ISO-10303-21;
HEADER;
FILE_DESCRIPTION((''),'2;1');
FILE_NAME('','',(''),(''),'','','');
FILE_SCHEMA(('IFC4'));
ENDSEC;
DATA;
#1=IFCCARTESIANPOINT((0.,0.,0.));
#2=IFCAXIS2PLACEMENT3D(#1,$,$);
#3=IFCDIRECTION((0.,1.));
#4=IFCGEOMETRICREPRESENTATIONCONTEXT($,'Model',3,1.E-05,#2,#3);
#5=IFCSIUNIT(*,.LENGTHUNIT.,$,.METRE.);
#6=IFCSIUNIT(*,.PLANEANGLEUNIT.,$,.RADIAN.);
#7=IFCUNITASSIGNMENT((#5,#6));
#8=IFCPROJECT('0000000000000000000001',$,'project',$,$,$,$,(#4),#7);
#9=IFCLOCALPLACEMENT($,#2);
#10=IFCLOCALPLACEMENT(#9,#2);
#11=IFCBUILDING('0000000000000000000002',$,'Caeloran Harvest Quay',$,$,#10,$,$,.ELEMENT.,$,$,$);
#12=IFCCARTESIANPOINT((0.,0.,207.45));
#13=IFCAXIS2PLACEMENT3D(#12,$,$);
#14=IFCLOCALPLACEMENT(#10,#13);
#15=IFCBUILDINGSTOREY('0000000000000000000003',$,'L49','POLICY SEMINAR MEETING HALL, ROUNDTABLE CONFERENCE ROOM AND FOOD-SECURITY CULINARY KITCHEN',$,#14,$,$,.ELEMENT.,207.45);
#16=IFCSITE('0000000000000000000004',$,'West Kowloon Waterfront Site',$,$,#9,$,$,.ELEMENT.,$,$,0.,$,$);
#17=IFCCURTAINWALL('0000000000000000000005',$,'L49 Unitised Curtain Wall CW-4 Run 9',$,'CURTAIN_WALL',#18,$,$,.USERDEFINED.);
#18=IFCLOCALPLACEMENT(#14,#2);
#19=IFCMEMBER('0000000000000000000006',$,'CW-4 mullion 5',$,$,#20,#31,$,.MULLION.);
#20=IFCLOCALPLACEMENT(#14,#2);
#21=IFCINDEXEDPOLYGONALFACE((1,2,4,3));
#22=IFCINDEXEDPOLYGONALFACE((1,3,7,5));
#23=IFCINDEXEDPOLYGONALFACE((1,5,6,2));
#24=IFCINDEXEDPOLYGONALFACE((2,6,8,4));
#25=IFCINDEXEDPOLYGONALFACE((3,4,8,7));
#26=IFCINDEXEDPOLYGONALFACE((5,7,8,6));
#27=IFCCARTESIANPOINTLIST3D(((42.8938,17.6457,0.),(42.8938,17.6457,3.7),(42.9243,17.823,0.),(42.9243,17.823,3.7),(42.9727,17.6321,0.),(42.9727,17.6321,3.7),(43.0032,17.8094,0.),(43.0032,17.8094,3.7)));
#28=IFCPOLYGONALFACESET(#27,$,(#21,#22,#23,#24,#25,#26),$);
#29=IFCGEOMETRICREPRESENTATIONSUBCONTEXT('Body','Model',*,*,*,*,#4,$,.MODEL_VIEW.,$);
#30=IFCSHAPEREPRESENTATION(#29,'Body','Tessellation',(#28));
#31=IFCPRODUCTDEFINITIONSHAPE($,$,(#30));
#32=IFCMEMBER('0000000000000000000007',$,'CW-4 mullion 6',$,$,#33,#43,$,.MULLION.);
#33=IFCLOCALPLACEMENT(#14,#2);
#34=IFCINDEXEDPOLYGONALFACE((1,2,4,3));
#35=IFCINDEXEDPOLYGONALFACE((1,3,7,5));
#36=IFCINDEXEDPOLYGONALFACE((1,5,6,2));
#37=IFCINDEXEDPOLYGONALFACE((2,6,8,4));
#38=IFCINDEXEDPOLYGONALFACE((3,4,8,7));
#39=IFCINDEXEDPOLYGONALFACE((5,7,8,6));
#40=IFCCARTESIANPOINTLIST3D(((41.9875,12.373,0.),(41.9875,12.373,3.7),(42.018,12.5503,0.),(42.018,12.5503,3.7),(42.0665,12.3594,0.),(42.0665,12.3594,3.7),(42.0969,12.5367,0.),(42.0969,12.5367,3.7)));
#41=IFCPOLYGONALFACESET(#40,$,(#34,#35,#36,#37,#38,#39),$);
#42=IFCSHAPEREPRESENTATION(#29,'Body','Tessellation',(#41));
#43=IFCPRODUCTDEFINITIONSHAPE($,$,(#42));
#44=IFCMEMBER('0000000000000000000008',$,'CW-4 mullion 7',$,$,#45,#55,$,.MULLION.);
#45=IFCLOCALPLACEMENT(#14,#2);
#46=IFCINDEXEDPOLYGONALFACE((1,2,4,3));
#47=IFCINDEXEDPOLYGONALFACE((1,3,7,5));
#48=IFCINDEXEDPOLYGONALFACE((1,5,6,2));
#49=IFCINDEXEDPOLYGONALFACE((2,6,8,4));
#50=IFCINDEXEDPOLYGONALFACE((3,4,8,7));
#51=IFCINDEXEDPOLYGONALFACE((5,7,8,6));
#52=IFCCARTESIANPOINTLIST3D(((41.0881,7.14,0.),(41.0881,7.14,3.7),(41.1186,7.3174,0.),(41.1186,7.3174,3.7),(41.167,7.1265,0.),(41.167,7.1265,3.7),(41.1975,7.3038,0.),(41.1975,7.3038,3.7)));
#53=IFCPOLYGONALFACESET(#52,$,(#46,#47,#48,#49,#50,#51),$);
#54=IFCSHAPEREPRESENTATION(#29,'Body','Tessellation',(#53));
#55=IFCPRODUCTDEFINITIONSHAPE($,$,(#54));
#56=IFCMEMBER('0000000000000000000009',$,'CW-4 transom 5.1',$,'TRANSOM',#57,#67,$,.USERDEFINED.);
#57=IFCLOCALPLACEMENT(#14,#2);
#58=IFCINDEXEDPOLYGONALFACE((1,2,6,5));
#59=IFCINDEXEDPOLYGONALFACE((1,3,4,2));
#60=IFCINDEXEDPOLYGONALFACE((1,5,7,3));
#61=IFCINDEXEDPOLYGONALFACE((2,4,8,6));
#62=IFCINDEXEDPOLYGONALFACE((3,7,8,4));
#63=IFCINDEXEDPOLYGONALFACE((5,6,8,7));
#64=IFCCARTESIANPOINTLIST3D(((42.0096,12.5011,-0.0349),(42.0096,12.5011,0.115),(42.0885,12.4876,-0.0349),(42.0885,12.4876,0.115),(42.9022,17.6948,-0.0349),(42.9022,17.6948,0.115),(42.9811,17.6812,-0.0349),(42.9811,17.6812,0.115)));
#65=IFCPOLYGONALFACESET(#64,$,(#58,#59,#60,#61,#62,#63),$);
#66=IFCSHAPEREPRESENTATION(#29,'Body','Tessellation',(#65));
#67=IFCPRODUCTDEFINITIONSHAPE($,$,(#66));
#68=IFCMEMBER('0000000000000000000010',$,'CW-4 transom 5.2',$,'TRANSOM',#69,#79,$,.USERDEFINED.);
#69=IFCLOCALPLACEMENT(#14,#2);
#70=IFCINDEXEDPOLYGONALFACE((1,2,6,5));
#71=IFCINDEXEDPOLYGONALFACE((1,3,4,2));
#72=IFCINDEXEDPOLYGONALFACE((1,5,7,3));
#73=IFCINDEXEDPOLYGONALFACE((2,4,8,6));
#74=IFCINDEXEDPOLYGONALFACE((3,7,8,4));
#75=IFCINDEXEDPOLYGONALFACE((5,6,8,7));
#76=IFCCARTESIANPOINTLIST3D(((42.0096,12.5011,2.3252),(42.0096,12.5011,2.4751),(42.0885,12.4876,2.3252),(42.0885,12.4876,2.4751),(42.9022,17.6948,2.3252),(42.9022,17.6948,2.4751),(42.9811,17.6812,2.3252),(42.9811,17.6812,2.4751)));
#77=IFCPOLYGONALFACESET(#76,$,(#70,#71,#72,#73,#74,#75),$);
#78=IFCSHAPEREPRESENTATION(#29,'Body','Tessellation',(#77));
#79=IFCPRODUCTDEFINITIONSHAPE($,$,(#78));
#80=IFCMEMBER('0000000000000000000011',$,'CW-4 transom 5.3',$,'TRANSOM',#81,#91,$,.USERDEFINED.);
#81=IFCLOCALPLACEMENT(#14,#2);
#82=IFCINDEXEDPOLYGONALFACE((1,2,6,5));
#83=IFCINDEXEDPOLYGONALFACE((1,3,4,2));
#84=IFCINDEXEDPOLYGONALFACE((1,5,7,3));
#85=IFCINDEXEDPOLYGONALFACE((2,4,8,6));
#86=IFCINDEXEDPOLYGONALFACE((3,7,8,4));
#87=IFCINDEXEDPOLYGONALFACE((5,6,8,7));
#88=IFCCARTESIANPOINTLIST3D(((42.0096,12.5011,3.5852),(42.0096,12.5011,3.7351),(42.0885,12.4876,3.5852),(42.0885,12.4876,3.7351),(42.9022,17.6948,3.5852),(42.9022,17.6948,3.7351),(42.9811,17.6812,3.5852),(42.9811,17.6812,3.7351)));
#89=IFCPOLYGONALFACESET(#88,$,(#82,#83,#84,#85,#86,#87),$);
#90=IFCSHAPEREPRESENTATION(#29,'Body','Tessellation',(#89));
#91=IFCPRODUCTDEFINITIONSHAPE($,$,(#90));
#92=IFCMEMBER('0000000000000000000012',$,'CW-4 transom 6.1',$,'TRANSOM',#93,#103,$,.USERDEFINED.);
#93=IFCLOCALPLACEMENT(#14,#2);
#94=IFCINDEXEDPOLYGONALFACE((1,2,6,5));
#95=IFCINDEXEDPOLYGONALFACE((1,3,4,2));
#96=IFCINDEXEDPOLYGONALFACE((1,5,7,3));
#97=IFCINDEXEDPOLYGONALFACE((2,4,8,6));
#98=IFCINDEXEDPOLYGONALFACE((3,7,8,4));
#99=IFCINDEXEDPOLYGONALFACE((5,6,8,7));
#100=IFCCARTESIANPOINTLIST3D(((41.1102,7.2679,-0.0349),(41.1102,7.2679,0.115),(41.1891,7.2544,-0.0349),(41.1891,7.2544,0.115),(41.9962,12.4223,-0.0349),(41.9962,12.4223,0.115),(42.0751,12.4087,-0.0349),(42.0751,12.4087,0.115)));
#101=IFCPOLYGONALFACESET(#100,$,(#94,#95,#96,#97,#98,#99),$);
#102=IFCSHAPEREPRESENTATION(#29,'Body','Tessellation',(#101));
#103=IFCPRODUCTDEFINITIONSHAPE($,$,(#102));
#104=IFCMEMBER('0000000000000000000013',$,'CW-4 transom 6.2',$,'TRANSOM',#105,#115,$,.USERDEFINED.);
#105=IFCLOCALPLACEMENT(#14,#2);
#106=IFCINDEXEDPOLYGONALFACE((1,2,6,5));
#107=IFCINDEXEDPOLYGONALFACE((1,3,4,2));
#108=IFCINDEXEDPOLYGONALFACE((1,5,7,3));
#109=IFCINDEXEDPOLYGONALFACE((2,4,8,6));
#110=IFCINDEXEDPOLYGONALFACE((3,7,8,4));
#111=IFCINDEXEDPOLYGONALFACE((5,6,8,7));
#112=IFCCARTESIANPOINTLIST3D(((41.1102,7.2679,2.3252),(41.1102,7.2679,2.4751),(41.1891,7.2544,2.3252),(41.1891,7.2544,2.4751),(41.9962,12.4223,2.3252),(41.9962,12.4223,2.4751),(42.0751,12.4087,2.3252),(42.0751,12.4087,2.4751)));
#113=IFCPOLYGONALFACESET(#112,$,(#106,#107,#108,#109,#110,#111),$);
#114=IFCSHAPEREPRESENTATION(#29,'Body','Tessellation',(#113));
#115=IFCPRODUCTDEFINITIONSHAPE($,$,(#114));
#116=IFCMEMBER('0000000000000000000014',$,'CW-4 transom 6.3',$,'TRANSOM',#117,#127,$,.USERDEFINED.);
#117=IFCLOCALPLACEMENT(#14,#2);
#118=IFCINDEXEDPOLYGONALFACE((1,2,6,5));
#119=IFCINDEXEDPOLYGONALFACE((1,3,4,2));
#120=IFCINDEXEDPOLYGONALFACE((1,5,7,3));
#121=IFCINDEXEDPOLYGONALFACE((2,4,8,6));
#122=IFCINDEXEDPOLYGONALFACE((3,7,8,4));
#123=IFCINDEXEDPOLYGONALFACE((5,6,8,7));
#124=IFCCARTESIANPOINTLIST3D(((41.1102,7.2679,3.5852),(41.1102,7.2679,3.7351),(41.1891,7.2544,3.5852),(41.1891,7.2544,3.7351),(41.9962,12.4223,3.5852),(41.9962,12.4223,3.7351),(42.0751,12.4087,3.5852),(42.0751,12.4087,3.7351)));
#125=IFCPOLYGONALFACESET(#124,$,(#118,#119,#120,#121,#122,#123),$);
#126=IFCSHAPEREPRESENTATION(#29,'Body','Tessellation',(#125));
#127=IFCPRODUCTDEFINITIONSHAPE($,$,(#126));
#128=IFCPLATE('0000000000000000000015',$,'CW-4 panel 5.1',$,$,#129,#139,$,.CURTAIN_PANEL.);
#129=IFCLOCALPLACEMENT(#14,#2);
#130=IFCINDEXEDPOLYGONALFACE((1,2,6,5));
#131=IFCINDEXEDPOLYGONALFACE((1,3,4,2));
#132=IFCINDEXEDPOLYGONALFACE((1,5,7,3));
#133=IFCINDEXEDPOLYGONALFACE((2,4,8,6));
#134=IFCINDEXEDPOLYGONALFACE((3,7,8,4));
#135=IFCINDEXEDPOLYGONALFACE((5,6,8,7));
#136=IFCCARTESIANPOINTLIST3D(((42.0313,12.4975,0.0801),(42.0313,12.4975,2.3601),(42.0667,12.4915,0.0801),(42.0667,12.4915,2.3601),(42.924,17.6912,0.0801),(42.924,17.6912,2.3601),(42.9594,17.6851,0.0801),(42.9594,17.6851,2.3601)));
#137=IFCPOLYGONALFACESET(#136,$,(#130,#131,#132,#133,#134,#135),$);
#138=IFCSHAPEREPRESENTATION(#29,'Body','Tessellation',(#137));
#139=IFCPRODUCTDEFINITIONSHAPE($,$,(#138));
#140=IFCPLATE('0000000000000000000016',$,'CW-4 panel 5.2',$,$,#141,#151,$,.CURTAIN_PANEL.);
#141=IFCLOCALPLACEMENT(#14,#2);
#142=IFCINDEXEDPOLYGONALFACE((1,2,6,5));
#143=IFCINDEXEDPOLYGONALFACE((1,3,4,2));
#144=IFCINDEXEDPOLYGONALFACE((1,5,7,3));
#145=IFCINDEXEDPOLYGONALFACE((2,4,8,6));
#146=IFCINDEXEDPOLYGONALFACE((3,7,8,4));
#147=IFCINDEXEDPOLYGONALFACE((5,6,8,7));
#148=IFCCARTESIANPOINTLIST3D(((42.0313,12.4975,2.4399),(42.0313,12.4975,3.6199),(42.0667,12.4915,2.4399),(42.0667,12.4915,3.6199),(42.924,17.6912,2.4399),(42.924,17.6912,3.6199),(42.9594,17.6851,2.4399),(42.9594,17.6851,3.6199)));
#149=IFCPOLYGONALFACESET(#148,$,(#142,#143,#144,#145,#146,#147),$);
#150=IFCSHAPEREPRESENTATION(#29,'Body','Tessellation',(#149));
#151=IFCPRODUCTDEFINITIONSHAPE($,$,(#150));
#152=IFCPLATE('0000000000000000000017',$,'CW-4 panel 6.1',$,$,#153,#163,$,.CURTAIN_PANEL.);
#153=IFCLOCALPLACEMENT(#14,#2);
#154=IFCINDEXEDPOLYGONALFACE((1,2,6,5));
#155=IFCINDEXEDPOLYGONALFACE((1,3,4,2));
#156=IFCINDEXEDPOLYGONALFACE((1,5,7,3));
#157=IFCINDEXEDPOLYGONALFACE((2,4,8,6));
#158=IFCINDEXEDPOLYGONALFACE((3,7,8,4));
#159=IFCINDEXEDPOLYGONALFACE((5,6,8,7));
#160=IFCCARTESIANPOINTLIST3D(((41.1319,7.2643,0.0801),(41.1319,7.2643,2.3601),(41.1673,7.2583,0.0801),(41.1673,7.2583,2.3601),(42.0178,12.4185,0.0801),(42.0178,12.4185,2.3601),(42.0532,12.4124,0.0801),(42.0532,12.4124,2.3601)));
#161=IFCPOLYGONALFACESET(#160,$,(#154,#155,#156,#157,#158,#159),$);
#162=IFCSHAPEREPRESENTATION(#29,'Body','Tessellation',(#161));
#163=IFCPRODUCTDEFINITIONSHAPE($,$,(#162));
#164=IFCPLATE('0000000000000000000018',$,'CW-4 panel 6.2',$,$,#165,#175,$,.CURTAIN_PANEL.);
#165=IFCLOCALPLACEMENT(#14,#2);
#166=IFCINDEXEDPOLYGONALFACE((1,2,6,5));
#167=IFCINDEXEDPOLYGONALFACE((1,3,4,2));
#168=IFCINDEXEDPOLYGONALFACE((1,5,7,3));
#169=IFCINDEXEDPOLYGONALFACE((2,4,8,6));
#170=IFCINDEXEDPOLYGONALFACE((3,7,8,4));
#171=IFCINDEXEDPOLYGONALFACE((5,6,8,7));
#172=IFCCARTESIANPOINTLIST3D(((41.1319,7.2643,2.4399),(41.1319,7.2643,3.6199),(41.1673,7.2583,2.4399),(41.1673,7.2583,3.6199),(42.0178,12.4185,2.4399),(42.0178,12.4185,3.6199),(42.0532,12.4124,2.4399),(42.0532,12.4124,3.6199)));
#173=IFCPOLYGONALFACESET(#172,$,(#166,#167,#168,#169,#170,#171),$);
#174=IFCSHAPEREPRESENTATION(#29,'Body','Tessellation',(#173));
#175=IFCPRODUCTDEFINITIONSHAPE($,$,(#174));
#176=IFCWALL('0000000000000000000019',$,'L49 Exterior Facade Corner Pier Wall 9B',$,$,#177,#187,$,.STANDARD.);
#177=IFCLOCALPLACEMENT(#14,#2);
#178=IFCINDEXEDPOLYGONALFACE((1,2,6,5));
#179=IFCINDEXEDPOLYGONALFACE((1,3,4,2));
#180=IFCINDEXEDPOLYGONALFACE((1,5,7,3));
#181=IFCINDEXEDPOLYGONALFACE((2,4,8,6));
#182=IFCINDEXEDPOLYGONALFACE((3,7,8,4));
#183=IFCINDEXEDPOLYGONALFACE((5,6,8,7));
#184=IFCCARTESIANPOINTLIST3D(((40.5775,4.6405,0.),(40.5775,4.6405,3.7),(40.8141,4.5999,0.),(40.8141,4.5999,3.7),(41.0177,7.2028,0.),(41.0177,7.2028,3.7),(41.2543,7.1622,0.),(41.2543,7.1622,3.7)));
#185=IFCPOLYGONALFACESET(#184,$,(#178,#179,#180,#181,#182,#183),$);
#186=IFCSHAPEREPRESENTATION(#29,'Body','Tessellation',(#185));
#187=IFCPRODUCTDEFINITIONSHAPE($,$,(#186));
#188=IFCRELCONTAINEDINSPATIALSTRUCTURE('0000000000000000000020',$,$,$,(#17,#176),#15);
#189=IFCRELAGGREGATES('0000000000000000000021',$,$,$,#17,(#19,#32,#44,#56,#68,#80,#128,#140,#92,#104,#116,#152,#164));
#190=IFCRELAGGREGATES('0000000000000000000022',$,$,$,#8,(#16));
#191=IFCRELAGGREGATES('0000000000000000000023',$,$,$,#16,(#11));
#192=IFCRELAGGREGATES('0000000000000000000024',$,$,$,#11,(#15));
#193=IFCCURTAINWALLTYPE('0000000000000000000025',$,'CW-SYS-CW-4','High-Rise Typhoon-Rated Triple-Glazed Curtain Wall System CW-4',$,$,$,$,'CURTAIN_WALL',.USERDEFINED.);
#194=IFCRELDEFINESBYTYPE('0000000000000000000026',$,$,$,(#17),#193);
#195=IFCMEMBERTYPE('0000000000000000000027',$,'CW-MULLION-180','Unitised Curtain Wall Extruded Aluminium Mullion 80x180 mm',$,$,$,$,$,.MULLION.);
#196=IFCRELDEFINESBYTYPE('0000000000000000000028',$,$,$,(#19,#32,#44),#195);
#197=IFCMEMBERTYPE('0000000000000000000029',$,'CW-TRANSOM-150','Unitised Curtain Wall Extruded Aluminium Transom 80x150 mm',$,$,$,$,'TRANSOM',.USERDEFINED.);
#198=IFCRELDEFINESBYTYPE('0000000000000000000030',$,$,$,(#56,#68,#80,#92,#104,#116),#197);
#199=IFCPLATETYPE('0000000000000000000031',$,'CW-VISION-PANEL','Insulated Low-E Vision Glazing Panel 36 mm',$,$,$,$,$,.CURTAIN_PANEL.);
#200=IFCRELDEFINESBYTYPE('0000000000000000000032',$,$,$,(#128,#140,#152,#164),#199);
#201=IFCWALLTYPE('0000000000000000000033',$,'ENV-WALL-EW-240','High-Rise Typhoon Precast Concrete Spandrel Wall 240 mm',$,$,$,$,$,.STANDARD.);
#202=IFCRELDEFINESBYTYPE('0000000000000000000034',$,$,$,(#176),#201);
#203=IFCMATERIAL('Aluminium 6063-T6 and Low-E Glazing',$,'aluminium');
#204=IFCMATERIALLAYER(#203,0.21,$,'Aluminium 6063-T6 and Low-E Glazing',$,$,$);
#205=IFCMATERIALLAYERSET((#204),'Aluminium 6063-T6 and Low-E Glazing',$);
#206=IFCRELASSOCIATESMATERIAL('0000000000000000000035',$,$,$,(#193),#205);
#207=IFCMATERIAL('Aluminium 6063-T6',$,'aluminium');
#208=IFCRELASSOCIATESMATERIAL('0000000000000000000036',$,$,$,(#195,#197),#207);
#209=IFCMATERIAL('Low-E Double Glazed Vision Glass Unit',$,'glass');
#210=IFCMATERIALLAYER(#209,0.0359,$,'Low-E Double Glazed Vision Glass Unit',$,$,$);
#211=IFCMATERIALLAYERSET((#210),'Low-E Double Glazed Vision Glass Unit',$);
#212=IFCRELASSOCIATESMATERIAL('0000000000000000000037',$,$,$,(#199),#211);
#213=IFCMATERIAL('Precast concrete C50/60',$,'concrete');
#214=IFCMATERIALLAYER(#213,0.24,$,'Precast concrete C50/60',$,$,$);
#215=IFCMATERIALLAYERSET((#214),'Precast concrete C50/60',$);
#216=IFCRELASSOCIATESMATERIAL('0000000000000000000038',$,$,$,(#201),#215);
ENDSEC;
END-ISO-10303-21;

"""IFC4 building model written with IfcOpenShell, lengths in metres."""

from ifc_helpers import new_model, si_unit, direction, frame, frame_2d, origin, origin_2d, place, context, subcontext, project, spatial, rectangle, extrude, material, layer, layer_set, material_profile, profile_set, type_object, element, aggregate, save


model = new_model("IFC4")

# Units and contexts
model_context = context("Model", 3, precision=1e-05, world=origin(), true_north=direction((0.0, 1.0)))
body_context = subcontext(model_context, "Body", "Model", "MODEL_VIEW")
ifc_project = project(units=[si_unit("LENGTHUNIT", "METRE"), si_unit("PLANEANGLEUNIT", "RADIAN")], contexts=[model_context])

# Site, building, storey
site_placement = place(None, origin())
site = spatial("IfcSite", under=ifc_project, at=site_placement, Name="West Kowloon Waterfront Site", CompositionType="ELEMENT", RefElevation=0.0)
building_placement = place(site_placement, origin())
building = spatial("IfcBuilding", under=site, at=building_placement, Name="Caeloran Harvest Quay", CompositionType="ELEMENT")
storey_placement = place(building_placement, frame((0.0, 0.0, 207.45)))
storey = spatial("IfcBuildingStorey", under=building, at=storey_placement, Name="L49", Description="POLICY SEMINAR MEETING HALL, ROUNDTABLE CONFERENCE ROOM AND FOOD-SECURITY CULINARY KITCHEN", CompositionType="ELEMENT", Elevation=207.45)

# Curtain wall, members, plates
ifc_material_1 = material(Name="Aluminium 6063-T6 and Low-E Glazing", Category="aluminium")
ifc_layer_1 = layer(ifc_material_1, 0.21, Name="Aluminium 6063-T6 and Low-E Glazing")
ifc_layer_set_1 = layer_set([ifc_layer_1], Name="Aluminium 6063-T6 and Low-E Glazing")
curtain_wall_type = type_object("IfcCurtainWallType", Name="CW-SYS-CW-4", Description="High-Rise Typhoon-Rated Triple-Glazed Curtain Wall System CW-4", ElementType="CURTAIN_WALL", PredefinedType="USERDEFINED", material=ifc_layer_set_1)
curtain_wall_placement = place(storey_placement, origin())
curtain_wall = element("IfcCurtainWall", 1, at=curtain_wall_placement, inside=storey, type_object=curtain_wall_type, Name="L49 Unitised Curtain Wall CW-4 Run 9", ObjectType="CURTAIN_WALL", PredefinedType="USERDEFINED")
ifc_material_2 = material(Name="Aluminium 6063-T6", Category="aluminium")
ifc_material_profile_1 = material_profile(ifc_material_2, rectangle(XDim=0.0801, YDim=0.1799, at=origin_2d()), Name="CW-MULLION-180")
ifc_profile_set_1 = profile_set([ifc_material_profile_1], Name="Aluminium 6063-T6")
member_type_1 = type_object("IfcMemberType", Name="CW-MULLION-180", Description="Unitised Curtain Wall Extruded Aluminium Mullion 80x180 mm", PredefinedType="MULLION", material=ifc_profile_set_1)
member_1_placement = place(storey_placement, frame((42.9485, 17.7275, 0.0), z_axis=(0.0, 0.0, 1.0), x_axis=(0.985549, -0.169391, 0.0)))
member_1 = element("IfcMember", 2, at=member_1_placement, type_object=member_type_1, Name="CW-4 mullion 5", PredefinedType="MULLION", context=body_context, shape_type="SweptSolid", body=[
    extrude(rectangle(XDim=0.0801, YDim=0.1799, at=origin_2d()), origin(), (0.0, 0.0, 1.0), 3.7),
])
member_2_placement = place(storey_placement, frame((42.0422, 12.4548, 0.0), z_axis=(0.0, 0.0, 1.0), x_axis=(0.985549, -0.169391, 0.0)))
member_2 = element("IfcMember", 3, at=member_2_placement, type_object=member_type_1, Name="CW-4 mullion 6", PredefinedType="MULLION", context=body_context, shape_type="SweptSolid", body=[
    extrude(rectangle(XDim=0.0801, YDim=0.1799, at=origin_2d()), origin(), (0.0, 0.0, 1.0), 3.7),
])
member_3_placement = place(storey_placement, frame((41.1428, 7.2219, 0.0), z_axis=(0.0, 0.0, 1.0), x_axis=(0.985549, -0.169391, 0.0)))
member_3 = element("IfcMember", 4, at=member_3_placement, type_object=member_type_1, Name="CW-4 mullion 7", PredefinedType="MULLION", context=body_context, shape_type="SweptSolid", body=[
    extrude(rectangle(XDim=0.0801, YDim=0.1799, at=origin_2d()), origin(), (0.0, 0.0, 1.0), 3.7),
])
ifc_material_profile_2 = material_profile(ifc_material_2, rectangle(XDim=0.0801, YDim=0.1499, at=origin_2d()), Name="CW-TRANSOM-150")
ifc_profile_set_2 = profile_set([ifc_material_profile_2], Name="Aluminium 6063-T6")
member_type_2 = type_object("IfcMemberType", Name="CW-TRANSOM-150", Description="Unitised Curtain Wall Extruded Aluminium Transom 80x150 mm", ElementType="TRANSOM", PredefinedType="USERDEFINED", material=ifc_profile_set_2)
member_4_placement = place(storey_placement, frame((42.9417, 17.688, 0.04), z_axis=(-0.169378, -0.985551, 0.0), x_axis=(0.985551, -0.169378, 0.0)))
member_4 = element("IfcMember", 5, at=member_4_placement, type_object=member_type_2, Name="CW-4 transom 5.1", ObjectType="TRANSOM", PredefinedType="USERDEFINED", context=body_context, shape_type="SweptSolid", body=[
    extrude(rectangle(XDim=0.0801, YDim=0.1499, at=origin_2d()), origin(), (0.0, 0.0, 1.0), 5.2698),
])
member_5_placement = place(storey_placement, frame((42.9417, 17.688, 2.4001), z_axis=(-0.169378, -0.985551, 0.0), x_axis=(0.985551, -0.169378, 0.0)))
member_5 = element("IfcMember", 6, at=member_5_placement, type_object=member_type_2, Name="CW-4 transom 5.2", ObjectType="TRANSOM", PredefinedType="USERDEFINED", context=body_context, shape_type="SweptSolid", body=[
    extrude(rectangle(XDim=0.0801, YDim=0.1499, at=origin_2d()), origin(), (0.0, 0.0, 1.0), 5.2698),
])
member_6_placement = place(storey_placement, frame((42.9417, 17.688, 3.6602), z_axis=(-0.169378, -0.985551, 0.0), x_axis=(0.985551, -0.169378, 0.0)))
member_6 = element("IfcMember", 7, at=member_6_placement, type_object=member_type_2, Name="CW-4 transom 5.3", ObjectType="TRANSOM", PredefinedType="USERDEFINED", context=body_context, shape_type="SweptSolid", body=[
    extrude(rectangle(XDim=0.0801, YDim=0.1499, at=origin_2d()), origin(), (0.0, 0.0, 1.0), 5.2698),
])
member_7_placement = place(storey_placement, frame((42.0356, 12.4155, 0.04), z_axis=(-0.169408, -0.985546, 0.0), x_axis=(0.985546, -0.169408, 0.0)))
member_7 = element("IfcMember", 8, at=member_7_placement, type_object=member_type_2, Name="CW-4 transom 6.1", ObjectType="TRANSOM", PredefinedType="USERDEFINED", context=body_context, shape_type="SweptSolid", body=[
    extrude(rectangle(XDim=0.0801, YDim=0.1499, at=origin_2d()), origin(), (0.0, 0.0, 1.0), 5.23),
])
member_8_placement = place(storey_placement, frame((42.0356, 12.4155, 2.4001), z_axis=(-0.169408, -0.985546, 0.0), x_axis=(0.985546, -0.169408, 0.0)))
member_8 = element("IfcMember", 9, at=member_8_placement, type_object=member_type_2, Name="CW-4 transom 6.2", ObjectType="TRANSOM", PredefinedType="USERDEFINED", context=body_context, shape_type="SweptSolid", body=[
    extrude(rectangle(XDim=0.0801, YDim=0.1499, at=origin_2d()), origin(), (0.0, 0.0, 1.0), 5.23),
])
member_9_placement = place(storey_placement, frame((42.0356, 12.4155, 3.6602), z_axis=(-0.169408, -0.985546, 0.0), x_axis=(0.985546, -0.169408, 0.0)))
member_9 = element("IfcMember", 10, at=member_9_placement, type_object=member_type_2, Name="CW-4 transom 6.3", ObjectType="TRANSOM", PredefinedType="USERDEFINED", context=body_context, shape_type="SweptSolid", body=[
    extrude(rectangle(XDim=0.0801, YDim=0.1499, at=origin_2d()), origin(), (0.0, 0.0, 1.0), 5.23),
])
ifc_material_3 = material(Name="Low-E Double Glazed Vision Glass Unit", Category="glass")
ifc_layer_2 = layer(ifc_material_3, 0.0359, Name="Low-E Double Glazed Vision Glass Unit")
ifc_layer_set_2 = layer_set([ifc_layer_2], Name="Low-E Double Glazed Vision Glass Unit")
plate_type = type_object("IfcPlateType", Name="CW-VISION-PANEL", Description="Insulated Low-E Vision Glazing Panel 36 mm", PredefinedType="CURTAIN_PANEL", material=ifc_layer_set_2)
plate_1_placement = place(storey_placement, frame((42.4954, 15.0913, 0.0801), z_axis=(0.0, 0.0, 1.0), x_axis=(-0.169391, -0.985549, 0.0)))
plate_1 = element("IfcPlate", 11, at=plate_1_placement, type_object=plate_type, Name="CW-4 panel 5.1", PredefinedType="CURTAIN_PANEL", context=body_context, shape_type="SweptSolid", body=[
    extrude(rectangle(XDim=5.2698, YDim=0.0359, at=origin_2d()), origin(), (0.0, 0.0, 1.0), 2.28),
])
plate_2_placement = place(storey_placement, frame((42.4954, 15.0913, 2.4399), z_axis=(0.0, 0.0, 1.0), x_axis=(-0.169391, -0.985549, 0.0)))
plate_2 = element("IfcPlate", 12, at=plate_2_placement, type_object=plate_type, Name="CW-4 panel 5.2", PredefinedType="CURTAIN_PANEL", context=body_context, shape_type="SweptSolid", body=[
    extrude(rectangle(XDim=5.2698, YDim=0.0359, at=origin_2d()), origin(), (0.0, 0.0, 1.0), 1.1799),
])
plate_3_placement = place(storey_placement, frame((41.5925, 9.8384, 0.0801), z_axis=(0.0, 0.0, 1.0), x_axis=(-0.169391, -0.985549, 0.0)))
plate_3 = element("IfcPlate", 13, at=plate_3_placement, type_object=plate_type, Name="CW-4 panel 6.1", PredefinedType="CURTAIN_PANEL", context=body_context, shape_type="SweptSolid", body=[
    extrude(rectangle(XDim=5.2297, YDim=0.0359, at=origin_2d()), origin(), (0.0, 0.0, 1.0), 2.28),
])
plate_4_placement = place(storey_placement, frame((41.5925, 9.8384, 2.4399), z_axis=(0.0, 0.0, 1.0), x_axis=(-0.169391, -0.985549, 0.0)))
plate_4 = element("IfcPlate", 14, at=plate_4_placement, type_object=plate_type, Name="CW-4 panel 6.2", PredefinedType="CURTAIN_PANEL", context=body_context, shape_type="SweptSolid", body=[
    extrude(rectangle(XDim=5.2297, YDim=0.0359, at=origin_2d()), origin(), (0.0, 0.0, 1.0), 1.1799),
])
aggregate(curtain_wall, [member_1, member_2, member_3, member_4, member_5, member_6, plate_1, plate_2, member_7, member_8, member_9, plate_3, plate_4])

# Wall
ifc_material_4 = material(Name="Precast concrete C50/60", Category="concrete")
ifc_layer_3 = layer(ifc_material_4, 0.24, Name="Precast concrete C50/60")
ifc_layer_set_3 = layer_set([ifc_layer_3], Name="Precast concrete C50/60")
wall_type_1 = type_object("IfcWallType", Name="ENV-WALL-EW-240", Description="High-Rise Typhoon Precast Concrete Spandrel Wall 240 mm", PredefinedType="STANDARD", material=ifc_layer_set_3)
wall_1_placement = place(storey_placement, frame((41.136, 7.1824, 0.0), z_axis=(0.0, 0.0, 1.0), x_axis=(-0.169316, -0.985562, 0.0)))
element("IfcWall", 15, at=wall_1_placement, inside=storey, type_object=wall_type_1, Name="L49 Exterior Facade Corner Pier Wall 9B", PredefinedType="STANDARD", context=body_context, shape_type="SweptSolid", body=[
    extrude(rectangle(XDim=2.5999, YDim=0.24, at=frame_2d((1.2998, 0.0))), origin(), (0.0, 0.0, 1.0), 3.7),
])

save(model, "model.ifc")
